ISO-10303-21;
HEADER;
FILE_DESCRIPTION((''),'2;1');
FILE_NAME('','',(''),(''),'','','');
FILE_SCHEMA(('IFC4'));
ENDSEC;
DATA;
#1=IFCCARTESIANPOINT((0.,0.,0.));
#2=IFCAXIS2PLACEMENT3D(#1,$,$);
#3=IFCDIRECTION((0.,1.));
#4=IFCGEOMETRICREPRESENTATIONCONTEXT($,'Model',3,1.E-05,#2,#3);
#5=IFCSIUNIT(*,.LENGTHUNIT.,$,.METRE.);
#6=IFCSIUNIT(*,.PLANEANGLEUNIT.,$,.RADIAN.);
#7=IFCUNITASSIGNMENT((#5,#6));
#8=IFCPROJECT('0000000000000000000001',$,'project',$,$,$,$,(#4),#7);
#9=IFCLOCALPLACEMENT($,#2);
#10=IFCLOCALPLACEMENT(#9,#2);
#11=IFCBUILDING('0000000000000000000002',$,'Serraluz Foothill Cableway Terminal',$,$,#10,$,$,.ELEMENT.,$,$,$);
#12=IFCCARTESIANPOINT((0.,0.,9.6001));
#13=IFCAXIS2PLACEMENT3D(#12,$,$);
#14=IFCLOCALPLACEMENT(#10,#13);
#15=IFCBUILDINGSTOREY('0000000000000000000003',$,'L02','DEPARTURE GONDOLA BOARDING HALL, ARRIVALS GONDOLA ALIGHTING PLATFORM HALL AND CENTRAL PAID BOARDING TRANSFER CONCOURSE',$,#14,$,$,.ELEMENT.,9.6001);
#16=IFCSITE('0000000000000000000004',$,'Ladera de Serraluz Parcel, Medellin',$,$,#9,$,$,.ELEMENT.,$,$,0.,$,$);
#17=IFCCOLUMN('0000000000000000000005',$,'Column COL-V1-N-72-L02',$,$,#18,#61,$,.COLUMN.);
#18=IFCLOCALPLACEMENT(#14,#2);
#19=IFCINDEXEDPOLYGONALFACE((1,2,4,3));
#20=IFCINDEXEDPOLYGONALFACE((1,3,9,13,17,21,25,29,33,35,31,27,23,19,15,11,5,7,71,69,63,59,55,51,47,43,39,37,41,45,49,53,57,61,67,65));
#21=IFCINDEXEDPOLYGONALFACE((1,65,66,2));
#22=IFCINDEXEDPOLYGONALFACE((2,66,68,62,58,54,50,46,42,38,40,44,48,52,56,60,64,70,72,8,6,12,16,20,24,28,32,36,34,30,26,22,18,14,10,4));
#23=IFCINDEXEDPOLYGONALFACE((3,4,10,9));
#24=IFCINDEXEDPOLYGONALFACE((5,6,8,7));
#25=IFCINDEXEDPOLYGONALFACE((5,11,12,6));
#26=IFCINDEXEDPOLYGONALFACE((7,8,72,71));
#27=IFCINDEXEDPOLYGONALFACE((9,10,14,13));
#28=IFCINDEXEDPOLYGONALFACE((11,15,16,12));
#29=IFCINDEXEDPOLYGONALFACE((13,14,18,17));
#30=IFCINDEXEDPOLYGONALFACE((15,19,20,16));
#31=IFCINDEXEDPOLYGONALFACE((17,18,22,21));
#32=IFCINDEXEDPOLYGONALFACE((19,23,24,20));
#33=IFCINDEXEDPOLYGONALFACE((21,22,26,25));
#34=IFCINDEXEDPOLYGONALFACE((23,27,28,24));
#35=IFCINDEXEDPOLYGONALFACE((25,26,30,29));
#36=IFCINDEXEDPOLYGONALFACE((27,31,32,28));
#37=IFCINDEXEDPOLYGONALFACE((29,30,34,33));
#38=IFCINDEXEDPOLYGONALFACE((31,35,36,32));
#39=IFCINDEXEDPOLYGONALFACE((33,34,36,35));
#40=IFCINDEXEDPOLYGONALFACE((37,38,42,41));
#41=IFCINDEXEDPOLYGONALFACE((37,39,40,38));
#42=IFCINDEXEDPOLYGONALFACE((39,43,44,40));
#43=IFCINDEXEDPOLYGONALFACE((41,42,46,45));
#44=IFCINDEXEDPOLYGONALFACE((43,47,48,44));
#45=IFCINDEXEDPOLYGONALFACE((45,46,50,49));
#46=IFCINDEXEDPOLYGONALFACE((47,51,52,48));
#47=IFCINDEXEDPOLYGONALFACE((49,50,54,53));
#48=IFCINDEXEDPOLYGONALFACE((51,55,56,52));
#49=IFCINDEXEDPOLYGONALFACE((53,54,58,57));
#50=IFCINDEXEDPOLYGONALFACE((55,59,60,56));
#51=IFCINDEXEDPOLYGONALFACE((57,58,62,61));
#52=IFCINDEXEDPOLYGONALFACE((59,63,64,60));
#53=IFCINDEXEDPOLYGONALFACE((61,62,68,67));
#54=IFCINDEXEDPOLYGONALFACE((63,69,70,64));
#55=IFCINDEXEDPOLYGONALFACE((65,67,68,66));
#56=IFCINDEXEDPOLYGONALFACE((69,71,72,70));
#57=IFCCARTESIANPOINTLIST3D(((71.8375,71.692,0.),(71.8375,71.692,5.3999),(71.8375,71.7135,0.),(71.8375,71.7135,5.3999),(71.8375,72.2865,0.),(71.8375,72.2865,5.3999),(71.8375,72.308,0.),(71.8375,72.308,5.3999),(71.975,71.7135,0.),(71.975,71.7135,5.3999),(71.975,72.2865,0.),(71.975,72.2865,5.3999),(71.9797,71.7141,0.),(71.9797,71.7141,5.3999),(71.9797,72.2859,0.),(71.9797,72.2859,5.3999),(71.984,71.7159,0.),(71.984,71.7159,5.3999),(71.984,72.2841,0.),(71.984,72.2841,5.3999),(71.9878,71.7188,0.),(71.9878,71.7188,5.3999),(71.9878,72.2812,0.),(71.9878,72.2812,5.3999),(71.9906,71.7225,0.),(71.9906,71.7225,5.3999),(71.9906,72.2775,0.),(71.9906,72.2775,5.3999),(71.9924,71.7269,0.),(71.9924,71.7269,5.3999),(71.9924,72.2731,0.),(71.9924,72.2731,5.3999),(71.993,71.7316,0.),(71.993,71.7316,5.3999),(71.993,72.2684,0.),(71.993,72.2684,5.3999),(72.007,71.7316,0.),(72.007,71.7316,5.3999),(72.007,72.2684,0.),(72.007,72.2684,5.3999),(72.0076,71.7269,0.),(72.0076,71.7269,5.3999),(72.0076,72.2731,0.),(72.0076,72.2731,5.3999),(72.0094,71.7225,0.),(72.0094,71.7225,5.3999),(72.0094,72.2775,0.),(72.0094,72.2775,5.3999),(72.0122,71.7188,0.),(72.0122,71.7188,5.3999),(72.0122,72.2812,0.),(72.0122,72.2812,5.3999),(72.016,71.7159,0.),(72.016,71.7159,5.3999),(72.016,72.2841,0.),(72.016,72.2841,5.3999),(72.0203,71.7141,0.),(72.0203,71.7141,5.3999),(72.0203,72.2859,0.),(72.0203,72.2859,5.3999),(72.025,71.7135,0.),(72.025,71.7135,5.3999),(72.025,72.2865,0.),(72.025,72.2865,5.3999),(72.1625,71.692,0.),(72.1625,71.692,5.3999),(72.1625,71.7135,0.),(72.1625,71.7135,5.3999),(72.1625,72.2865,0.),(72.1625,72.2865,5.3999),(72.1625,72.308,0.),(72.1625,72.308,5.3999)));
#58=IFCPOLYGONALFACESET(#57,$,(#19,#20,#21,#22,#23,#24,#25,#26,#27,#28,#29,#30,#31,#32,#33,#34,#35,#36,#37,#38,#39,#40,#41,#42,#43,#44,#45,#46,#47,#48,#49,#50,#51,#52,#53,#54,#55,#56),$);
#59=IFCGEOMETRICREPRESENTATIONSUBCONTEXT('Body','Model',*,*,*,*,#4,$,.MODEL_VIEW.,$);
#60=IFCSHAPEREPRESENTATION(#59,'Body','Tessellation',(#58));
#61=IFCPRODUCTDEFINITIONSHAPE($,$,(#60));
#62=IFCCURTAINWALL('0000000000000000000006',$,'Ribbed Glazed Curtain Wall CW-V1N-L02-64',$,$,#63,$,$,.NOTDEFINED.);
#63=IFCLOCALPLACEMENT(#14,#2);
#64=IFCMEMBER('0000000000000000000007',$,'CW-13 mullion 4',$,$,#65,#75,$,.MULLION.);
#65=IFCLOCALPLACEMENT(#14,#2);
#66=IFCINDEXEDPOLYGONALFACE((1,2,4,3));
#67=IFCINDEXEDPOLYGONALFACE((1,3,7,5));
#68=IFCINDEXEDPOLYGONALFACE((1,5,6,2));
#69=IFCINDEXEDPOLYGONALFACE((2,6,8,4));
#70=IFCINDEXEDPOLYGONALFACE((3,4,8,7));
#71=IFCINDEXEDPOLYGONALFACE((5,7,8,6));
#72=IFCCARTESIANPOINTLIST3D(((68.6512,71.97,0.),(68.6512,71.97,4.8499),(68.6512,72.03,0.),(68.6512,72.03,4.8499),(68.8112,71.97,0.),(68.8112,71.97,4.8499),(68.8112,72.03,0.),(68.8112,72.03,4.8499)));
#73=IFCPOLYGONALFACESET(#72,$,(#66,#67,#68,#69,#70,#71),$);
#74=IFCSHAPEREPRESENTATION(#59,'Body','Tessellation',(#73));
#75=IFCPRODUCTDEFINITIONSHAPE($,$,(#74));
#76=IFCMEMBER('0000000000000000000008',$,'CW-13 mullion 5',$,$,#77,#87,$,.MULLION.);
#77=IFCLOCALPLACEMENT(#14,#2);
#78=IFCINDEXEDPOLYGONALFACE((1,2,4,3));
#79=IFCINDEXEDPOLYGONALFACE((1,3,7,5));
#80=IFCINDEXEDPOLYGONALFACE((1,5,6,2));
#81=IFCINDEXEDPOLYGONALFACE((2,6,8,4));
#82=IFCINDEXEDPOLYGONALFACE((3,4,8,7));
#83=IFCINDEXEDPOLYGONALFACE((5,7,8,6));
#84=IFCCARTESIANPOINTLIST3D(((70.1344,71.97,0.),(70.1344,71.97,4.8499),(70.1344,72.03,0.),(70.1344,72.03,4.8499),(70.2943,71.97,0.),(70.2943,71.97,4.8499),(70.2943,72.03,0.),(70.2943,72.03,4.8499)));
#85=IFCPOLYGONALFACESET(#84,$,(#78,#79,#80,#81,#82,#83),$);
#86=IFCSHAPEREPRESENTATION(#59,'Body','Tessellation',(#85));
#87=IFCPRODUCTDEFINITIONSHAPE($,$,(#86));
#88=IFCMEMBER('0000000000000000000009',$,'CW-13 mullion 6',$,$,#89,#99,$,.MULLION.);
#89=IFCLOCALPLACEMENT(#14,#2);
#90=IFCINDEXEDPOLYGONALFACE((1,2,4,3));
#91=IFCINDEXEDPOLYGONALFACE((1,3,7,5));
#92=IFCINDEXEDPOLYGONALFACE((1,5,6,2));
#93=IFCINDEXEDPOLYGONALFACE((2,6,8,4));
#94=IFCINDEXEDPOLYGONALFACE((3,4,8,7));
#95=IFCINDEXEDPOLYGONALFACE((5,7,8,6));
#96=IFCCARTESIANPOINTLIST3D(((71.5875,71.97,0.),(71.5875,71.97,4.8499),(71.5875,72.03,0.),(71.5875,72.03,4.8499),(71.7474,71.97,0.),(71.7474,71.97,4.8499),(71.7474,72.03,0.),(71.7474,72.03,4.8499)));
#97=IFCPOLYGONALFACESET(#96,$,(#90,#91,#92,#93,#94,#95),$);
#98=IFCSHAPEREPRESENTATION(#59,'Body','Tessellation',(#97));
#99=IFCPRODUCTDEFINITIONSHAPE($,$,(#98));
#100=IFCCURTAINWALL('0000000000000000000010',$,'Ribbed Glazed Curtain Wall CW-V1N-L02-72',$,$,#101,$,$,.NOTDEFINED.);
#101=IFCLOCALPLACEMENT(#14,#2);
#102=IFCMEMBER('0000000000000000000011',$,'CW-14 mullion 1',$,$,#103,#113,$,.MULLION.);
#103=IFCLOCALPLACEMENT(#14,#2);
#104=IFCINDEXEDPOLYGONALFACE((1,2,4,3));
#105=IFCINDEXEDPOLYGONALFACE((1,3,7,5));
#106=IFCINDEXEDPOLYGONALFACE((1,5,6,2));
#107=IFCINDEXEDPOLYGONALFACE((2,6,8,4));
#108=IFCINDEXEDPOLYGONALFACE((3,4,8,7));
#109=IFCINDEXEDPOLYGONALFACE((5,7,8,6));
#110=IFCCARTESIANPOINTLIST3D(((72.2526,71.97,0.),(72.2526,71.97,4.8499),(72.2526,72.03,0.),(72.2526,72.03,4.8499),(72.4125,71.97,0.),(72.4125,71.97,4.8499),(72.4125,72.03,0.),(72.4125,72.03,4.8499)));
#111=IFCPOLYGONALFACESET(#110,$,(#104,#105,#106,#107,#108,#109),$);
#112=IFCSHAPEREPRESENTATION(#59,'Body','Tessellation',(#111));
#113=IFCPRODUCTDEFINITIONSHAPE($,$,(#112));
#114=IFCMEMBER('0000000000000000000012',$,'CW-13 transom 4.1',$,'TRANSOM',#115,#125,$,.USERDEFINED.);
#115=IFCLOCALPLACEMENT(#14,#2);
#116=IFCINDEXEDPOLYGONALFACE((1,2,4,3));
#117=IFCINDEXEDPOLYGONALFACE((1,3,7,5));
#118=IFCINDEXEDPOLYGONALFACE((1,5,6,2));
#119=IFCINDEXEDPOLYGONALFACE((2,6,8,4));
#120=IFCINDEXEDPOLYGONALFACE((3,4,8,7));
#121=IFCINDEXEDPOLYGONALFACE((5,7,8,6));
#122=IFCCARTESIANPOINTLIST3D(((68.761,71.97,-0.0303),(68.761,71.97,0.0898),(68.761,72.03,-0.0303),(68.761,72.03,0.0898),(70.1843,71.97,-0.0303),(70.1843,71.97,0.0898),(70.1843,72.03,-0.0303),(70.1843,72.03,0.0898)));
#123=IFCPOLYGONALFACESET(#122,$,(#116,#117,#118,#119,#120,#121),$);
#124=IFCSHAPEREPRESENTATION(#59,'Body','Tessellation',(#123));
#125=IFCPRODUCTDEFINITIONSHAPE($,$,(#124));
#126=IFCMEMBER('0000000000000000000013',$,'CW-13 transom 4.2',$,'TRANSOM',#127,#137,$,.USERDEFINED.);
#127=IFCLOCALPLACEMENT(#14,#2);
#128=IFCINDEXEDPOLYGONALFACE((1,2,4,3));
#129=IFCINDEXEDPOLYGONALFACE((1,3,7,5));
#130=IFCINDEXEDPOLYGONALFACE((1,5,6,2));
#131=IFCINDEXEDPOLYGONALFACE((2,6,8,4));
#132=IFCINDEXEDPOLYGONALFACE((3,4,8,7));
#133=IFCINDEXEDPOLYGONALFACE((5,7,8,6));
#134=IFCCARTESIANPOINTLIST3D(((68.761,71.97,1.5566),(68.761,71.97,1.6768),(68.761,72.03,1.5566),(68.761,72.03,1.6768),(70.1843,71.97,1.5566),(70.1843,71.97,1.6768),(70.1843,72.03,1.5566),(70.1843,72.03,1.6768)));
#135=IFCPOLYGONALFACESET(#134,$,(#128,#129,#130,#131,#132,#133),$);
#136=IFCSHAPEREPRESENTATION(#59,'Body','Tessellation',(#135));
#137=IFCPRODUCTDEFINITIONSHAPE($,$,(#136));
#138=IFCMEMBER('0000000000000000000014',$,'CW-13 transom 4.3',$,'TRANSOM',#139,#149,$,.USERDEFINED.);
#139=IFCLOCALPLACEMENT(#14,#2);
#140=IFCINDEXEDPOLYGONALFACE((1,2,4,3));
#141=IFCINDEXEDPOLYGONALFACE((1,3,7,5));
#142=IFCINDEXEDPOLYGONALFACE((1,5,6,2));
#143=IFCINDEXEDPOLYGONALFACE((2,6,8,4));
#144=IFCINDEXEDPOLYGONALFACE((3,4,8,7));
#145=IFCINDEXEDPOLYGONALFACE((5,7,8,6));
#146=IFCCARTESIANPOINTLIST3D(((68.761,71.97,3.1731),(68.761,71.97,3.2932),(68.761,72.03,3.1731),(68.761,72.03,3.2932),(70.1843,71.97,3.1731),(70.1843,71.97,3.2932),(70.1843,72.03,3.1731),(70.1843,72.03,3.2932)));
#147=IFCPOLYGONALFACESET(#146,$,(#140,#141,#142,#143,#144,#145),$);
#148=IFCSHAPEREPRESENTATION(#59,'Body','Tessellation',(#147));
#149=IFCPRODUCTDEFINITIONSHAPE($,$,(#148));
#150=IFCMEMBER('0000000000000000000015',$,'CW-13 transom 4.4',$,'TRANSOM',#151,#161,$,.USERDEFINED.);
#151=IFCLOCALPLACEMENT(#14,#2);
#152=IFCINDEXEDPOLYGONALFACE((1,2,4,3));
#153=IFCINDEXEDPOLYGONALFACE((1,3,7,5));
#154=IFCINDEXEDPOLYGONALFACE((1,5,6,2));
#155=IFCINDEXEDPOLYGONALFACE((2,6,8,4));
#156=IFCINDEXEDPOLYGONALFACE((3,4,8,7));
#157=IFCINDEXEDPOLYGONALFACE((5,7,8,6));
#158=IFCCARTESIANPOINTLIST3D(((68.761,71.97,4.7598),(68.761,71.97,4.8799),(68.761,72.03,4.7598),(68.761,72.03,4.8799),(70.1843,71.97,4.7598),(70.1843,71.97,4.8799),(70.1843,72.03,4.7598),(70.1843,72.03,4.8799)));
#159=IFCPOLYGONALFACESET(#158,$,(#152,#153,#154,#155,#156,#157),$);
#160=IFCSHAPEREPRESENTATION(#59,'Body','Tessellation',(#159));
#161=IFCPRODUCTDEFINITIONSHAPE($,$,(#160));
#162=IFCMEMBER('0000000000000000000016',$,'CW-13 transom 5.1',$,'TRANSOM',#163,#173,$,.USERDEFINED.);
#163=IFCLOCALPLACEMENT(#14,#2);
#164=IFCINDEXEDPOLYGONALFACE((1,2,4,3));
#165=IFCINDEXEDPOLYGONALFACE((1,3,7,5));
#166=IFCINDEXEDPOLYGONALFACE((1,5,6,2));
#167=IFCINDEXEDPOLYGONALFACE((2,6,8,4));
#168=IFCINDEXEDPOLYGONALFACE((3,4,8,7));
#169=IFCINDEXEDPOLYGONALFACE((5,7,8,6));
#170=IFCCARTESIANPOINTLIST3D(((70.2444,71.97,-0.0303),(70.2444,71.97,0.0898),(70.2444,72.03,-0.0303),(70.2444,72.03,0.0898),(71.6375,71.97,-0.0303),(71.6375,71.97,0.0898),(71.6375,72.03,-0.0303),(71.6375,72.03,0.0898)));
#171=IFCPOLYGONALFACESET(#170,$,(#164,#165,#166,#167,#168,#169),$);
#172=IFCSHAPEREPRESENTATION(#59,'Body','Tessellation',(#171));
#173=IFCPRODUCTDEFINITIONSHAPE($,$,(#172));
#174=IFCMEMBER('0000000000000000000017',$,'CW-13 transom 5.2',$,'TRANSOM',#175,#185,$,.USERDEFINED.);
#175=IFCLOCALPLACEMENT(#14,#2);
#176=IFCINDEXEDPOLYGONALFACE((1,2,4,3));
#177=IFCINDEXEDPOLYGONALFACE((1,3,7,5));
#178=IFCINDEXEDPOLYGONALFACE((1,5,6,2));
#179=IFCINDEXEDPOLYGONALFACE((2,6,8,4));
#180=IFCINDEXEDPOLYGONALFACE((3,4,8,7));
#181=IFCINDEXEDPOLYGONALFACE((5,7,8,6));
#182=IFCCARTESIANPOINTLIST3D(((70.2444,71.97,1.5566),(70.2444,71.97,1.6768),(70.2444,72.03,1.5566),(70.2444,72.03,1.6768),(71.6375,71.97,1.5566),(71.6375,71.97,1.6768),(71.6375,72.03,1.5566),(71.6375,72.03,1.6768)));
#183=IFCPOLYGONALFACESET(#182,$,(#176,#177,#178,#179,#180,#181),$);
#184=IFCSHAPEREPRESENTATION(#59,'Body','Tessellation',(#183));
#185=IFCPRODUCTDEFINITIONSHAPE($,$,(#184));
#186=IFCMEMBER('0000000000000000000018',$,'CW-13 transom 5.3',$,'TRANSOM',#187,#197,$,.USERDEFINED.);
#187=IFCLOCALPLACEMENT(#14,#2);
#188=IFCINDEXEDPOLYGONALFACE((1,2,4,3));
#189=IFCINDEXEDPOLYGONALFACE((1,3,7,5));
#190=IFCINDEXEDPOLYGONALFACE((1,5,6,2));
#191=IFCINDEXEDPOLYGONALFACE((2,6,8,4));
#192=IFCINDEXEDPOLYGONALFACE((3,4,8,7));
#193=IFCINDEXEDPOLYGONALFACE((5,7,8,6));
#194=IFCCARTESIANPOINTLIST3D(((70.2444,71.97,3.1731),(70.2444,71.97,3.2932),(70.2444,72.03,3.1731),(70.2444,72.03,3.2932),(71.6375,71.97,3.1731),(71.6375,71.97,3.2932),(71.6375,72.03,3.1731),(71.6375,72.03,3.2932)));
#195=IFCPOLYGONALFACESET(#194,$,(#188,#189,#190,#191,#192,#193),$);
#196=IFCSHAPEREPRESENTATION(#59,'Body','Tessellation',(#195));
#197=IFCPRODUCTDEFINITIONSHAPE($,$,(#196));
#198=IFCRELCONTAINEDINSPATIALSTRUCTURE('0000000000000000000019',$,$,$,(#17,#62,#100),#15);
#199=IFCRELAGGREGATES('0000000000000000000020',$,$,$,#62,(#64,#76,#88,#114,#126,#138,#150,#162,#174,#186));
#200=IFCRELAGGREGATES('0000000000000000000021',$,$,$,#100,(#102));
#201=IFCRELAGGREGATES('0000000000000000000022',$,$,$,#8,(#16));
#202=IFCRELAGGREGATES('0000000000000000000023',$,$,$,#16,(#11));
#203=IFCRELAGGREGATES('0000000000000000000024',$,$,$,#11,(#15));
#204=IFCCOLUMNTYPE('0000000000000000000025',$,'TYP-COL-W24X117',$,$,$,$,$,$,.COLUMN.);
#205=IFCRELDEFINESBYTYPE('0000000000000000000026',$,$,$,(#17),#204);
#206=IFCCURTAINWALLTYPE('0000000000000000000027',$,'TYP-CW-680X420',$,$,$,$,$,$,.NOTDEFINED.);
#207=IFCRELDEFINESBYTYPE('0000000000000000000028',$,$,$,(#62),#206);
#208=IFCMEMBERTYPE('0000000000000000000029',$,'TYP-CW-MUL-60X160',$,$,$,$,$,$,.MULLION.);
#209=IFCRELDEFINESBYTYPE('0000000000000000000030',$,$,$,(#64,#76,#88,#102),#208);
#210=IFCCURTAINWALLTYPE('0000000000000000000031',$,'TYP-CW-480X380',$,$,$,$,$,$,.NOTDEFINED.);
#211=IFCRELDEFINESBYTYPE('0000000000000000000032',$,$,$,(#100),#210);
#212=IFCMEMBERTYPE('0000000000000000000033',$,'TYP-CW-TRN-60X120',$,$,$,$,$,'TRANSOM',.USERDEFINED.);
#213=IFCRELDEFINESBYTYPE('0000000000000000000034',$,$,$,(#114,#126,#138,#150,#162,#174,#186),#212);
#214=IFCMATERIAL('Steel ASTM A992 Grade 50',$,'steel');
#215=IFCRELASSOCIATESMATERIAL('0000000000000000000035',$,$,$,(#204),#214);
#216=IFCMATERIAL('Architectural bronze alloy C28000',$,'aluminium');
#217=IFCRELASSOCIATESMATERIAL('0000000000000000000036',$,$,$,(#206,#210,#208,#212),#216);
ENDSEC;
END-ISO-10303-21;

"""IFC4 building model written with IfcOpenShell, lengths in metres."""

from ifc_helpers import new_model, si_unit, direction, frame, origin, origin_2d, place, context, subcontext, project, spatial, rectangle, i_section, extrude, material, material_profile, profile_set, type_object, element, aggregate, save


model = new_model("IFC4")

# Units and contexts
model_context = context("Model", 3, precision=1e-05, world=origin(), true_north=direction((0.0, 1.0)))
body_context = subcontext(model_context, "Body", "Model", "MODEL_VIEW")
ifc_project = project(units=[si_unit("LENGTHUNIT", "METRE"), si_unit("PLANEANGLEUNIT", "RADIAN")], contexts=[model_context])

# Site, building, storey
site_placement = place(None, origin())
site = spatial("IfcSite", under=ifc_project, at=site_placement, Name="Ladera de Serraluz Parcel, Medellin", CompositionType="ELEMENT", RefElevation=0.0)
building_placement = place(site_placement, origin())
building = spatial("IfcBuilding", under=site, at=building_placement, Name="Serraluz Foothill Cableway Terminal", CompositionType="ELEMENT")
storey_placement = place(building_placement, frame((0.0, 0.0, 9.6001)))
storey = spatial("IfcBuildingStorey", under=building, at=storey_placement, Name="L02", Description="DEPARTURE GONDOLA BOARDING HALL, ARRIVALS GONDOLA ALIGHTING PLATFORM HALL AND CENTRAL PAID BOARDING TRANSFER CONCOURSE", CompositionType="ELEMENT", Elevation=9.6001)

# Column
ifc_material_1 = material(Name="Steel ASTM A992 Grade 50", Category="steel")
ifc_material_profile_1 = material_profile(ifc_material_1, i_section(OverallWidth=0.325, OverallDepth=0.616, WebThickness=0.0139, FlangeThickness=0.0215, FilletRadius=0.0181, at=origin_2d()), Name="W24X117")
ifc_profile_set_1 = profile_set([ifc_material_profile_1], Name="Steel ASTM A992 Grade 50")
column_type = type_object("IfcColumnType", Name="TYP-COL-W24X117", PredefinedType="COLUMN", material=ifc_profile_set_1)
column_placement = place(storey_placement, frame((72.0, 72.0, 0.0), z_axis=(0.0, 0.0, 1.0), x_axis=(1.0, 0.0, 0.0)))
element("IfcColumn", 1, at=column_placement, inside=storey, type_object=column_type, Name="Column COL-V1-N-72-L02", PredefinedType="COLUMN", context=body_context, shape_type="SweptSolid", body=[
    extrude(i_section(OverallWidth=0.325, OverallDepth=0.616, WebThickness=0.0139, FlangeThickness=0.0215, FilletRadius=0.0181, at=origin_2d()), origin(), (0.0, 0.0, 1.0), 5.3999),
])

# Curtain wall, members
ifc_material_2 = material(Name="Architectural bronze alloy C28000", Category="aluminium")
curtain_wall_type_1 = type_object("IfcCurtainWallType", Name="TYP-CW-680X420", PredefinedType="NOTDEFINED", material=ifc_material_2)
curtain_wall_1_placement = place(storey_placement, origin())
curtain_wall_1 = element("IfcCurtainWall", 2, at=curtain_wall_1_placement, inside=storey, type_object=curtain_wall_type_1, Name="Ribbed Glazed Curtain Wall CW-V1N-L02-64", PredefinedType="NOTDEFINED")
ifc_material_profile_2 = material_profile(ifc_material_2, rectangle(XDim=0.0601, YDim=0.1599, at=origin_2d()), Name="ALU MULLION 60x160")
ifc_profile_set_2 = profile_set([ifc_material_profile_2], Name="Architectural bronze alloy C28000")
member_type_1 = type_object("IfcMemberType", Name="TYP-CW-MUL-60X160", PredefinedType="MULLION", material=ifc_profile_set_2)
member_1_placement = place(storey_placement, frame((68.7312, 72.0, 0.0), z_axis=(0.0, 0.0, 1.0), x_axis=(0.0, 1.0, 0.0)))
member_1 = element("IfcMember", 3, at=member_1_placement, type_object=member_type_1, Name="CW-13 mullion 4", PredefinedType="MULLION", context=body_context, shape_type="SweptSolid", body=[
    extrude(rectangle(XDim=0.0601, YDim=0.1599, at=origin_2d()), origin(), (0.0, 0.0, 1.0), 4.8499),
])
member_2_placement = place(storey_placement, frame((70.2144, 72.0, 0.0), z_axis=(0.0, 0.0, 1.0), x_axis=(0.0, 1.0, 0.0)))
member_2 = element("IfcMember", 4, at=member_2_placement, type_object=member_type_1, Name="CW-13 mullion 5", PredefinedType="MULLION", context=body_context, shape_type="SweptSolid", body=[
    extrude(rectangle(XDim=0.0601, YDim=0.1599, at=origin_2d()), origin(), (0.0, 0.0, 1.0), 4.8499),
])
member_3_placement = place(storey_placement, frame((71.6675, 72.0, 0.0), z_axis=(0.0, 0.0, 1.0), x_axis=(0.0, 1.0, 0.0)))
member_3 = element("IfcMember", 5, at=member_3_placement, type_object=member_type_1, Name="CW-13 mullion 6", PredefinedType="MULLION", context=body_context, shape_type="SweptSolid", body=[
    extrude(rectangle(XDim=0.0601, YDim=0.1599, at=origin_2d()), origin(), (0.0, 0.0, 1.0), 4.8499),
])

# Curtain wall, member
curtain_wall_type_2 = type_object("IfcCurtainWallType", Name="TYP-CW-480X380", PredefinedType="NOTDEFINED", material=ifc_material_2)
curtain_wall_2_placement = place(storey_placement, origin())
curtain_wall_2 = element("IfcCurtainWall", 6, at=curtain_wall_2_placement, inside=storey, type_object=curtain_wall_type_2, Name="Ribbed Glazed Curtain Wall CW-V1N-L02-72", PredefinedType="NOTDEFINED")
member_4_placement = place(storey_placement, frame((72.3325, 72.0, 0.0), z_axis=(0.0, 0.0, 1.0), x_axis=(0.0, 1.0, 0.0)))
member_4 = element("IfcMember", 7, at=member_4_placement, type_object=member_type_1, Name="CW-14 mullion 1", PredefinedType="MULLION", context=body_context, shape_type="SweptSolid", body=[
    extrude(rectangle(XDim=0.0601, YDim=0.1599, at=origin_2d()), origin(), (0.0, 0.0, 1.0), 4.8499),
])

# Members
ifc_material_profile_3 = material_profile(ifc_material_2, rectangle(XDim=0.0601, YDim=0.1201, at=origin_2d()), Name="ALU TRANSOM 60x120")
ifc_profile_set_3 = profile_set([ifc_material_profile_3], Name="Architectural bronze alloy C28000")
member_type_2 = type_object("IfcMemberType", Name="TYP-CW-TRN-60X120", ElementType="TRANSOM", PredefinedType="USERDEFINED", material=ifc_profile_set_3)
member_5_placement = place(storey_placement, frame((68.761, 72.0, 0.0298), z_axis=(1.0, 0.0, 0.0), x_axis=(0.0, 1.0, 0.0)))
member_5 = element("IfcMember", 8, at=member_5_placement, type_object=member_type_2, Name="CW-13 transom 4.1", ObjectType="TRANSOM", PredefinedType="USERDEFINED", context=body_context, shape_type="SweptSolid", body=[
    extrude(rectangle(XDim=0.0601, YDim=0.1201, at=origin_2d()), origin(), (0.0, 0.0, 1.0), 1.4233),
])
member_6_placement = place(storey_placement, frame((68.761, 72.0, 1.6167), z_axis=(1.0, 0.0, 0.0), x_axis=(0.0, 1.0, 0.0)))
member_6 = element("IfcMember", 9, at=member_6_placement, type_object=member_type_2, Name="CW-13 transom 4.2", ObjectType="TRANSOM", PredefinedType="USERDEFINED", context=body_context, shape_type="SweptSolid", body=[
    extrude(rectangle(XDim=0.0601, YDim=0.1201, at=origin_2d()), origin(), (0.0, 0.0, 1.0), 1.4233),
])
member_7_placement = place(storey_placement, frame((68.761, 72.0, 3.2332), z_axis=(1.0, 0.0, 0.0), x_axis=(0.0, 1.0, 0.0)))
member_7 = element("IfcMember", 10, at=member_7_placement, type_object=member_type_2, Name="CW-13 transom 4.3", ObjectType="TRANSOM", PredefinedType="USERDEFINED", context=body_context, shape_type="SweptSolid", body=[
    extrude(rectangle(XDim=0.0601, YDim=0.1201, at=origin_2d()), origin(), (0.0, 0.0, 1.0), 1.4233),
])
member_8_placement = place(storey_placement, frame((68.761, 72.0, 4.8198), z_axis=(1.0, 0.0, 0.0), x_axis=(0.0, 1.0, 0.0)))
member_8 = element("IfcMember", 11, at=member_8_placement, type_object=member_type_2, Name="CW-13 transom 4.4", ObjectType="TRANSOM", PredefinedType="USERDEFINED", context=body_context, shape_type="SweptSolid", body=[
    extrude(rectangle(XDim=0.0601, YDim=0.1201, at=origin_2d()), origin(), (0.0, 0.0, 1.0), 1.4233),
])
member_9_placement = place(storey_placement, frame((70.2444, 72.0, 0.0298), z_axis=(1.0, 0.0, 0.0), x_axis=(0.0, 1.0, 0.0)))
member_9 = element("IfcMember", 12, at=member_9_placement, type_object=member_type_2, Name="CW-13 transom 5.1", ObjectType="TRANSOM", PredefinedType="USERDEFINED", context=body_context, shape_type="SweptSolid", body=[
    extrude(rectangle(XDim=0.0601, YDim=0.1201, at=origin_2d()), origin(), (0.0, 0.0, 1.0), 1.3931),
])
member_10_placement = place(storey_placement, frame((70.2444, 72.0, 1.6167), z_axis=(1.0, 0.0, 0.0), x_axis=(0.0, 1.0, 0.0)))
member_10 = element("IfcMember", 13, at=member_10_placement, type_object=member_type_2, Name="CW-13 transom 5.2", ObjectType="TRANSOM", PredefinedType="USERDEFINED", context=body_context, shape_type="SweptSolid", body=[
    extrude(rectangle(XDim=0.0601, YDim=0.1201, at=origin_2d()), origin(), (0.0, 0.0, 1.0), 1.3931),
])
member_11_placement = place(storey_placement, frame((70.2444, 72.0, 3.2332), z_axis=(1.0, 0.0, 0.0), x_axis=(0.0, 1.0, 0.0)))
member_11 = element("IfcMember", 14, at=member_11_placement, type_object=member_type_2, Name="CW-13 transom 5.3", ObjectType="TRANSOM", PredefinedType="USERDEFINED", context=body_context, shape_type="SweptSolid", body=[
    extrude(rectangle(XDim=0.0601, YDim=0.1201, at=origin_2d()), origin(), (0.0, 0.0, 1.0), 1.3931),
])

aggregate(curtain_wall_1, [member_1, member_2, member_3, member_5, member_6, member_7, member_8, member_9, member_10, member_11])
aggregate(curtain_wall_2, [member_4])

save(model, "model.ifc")
